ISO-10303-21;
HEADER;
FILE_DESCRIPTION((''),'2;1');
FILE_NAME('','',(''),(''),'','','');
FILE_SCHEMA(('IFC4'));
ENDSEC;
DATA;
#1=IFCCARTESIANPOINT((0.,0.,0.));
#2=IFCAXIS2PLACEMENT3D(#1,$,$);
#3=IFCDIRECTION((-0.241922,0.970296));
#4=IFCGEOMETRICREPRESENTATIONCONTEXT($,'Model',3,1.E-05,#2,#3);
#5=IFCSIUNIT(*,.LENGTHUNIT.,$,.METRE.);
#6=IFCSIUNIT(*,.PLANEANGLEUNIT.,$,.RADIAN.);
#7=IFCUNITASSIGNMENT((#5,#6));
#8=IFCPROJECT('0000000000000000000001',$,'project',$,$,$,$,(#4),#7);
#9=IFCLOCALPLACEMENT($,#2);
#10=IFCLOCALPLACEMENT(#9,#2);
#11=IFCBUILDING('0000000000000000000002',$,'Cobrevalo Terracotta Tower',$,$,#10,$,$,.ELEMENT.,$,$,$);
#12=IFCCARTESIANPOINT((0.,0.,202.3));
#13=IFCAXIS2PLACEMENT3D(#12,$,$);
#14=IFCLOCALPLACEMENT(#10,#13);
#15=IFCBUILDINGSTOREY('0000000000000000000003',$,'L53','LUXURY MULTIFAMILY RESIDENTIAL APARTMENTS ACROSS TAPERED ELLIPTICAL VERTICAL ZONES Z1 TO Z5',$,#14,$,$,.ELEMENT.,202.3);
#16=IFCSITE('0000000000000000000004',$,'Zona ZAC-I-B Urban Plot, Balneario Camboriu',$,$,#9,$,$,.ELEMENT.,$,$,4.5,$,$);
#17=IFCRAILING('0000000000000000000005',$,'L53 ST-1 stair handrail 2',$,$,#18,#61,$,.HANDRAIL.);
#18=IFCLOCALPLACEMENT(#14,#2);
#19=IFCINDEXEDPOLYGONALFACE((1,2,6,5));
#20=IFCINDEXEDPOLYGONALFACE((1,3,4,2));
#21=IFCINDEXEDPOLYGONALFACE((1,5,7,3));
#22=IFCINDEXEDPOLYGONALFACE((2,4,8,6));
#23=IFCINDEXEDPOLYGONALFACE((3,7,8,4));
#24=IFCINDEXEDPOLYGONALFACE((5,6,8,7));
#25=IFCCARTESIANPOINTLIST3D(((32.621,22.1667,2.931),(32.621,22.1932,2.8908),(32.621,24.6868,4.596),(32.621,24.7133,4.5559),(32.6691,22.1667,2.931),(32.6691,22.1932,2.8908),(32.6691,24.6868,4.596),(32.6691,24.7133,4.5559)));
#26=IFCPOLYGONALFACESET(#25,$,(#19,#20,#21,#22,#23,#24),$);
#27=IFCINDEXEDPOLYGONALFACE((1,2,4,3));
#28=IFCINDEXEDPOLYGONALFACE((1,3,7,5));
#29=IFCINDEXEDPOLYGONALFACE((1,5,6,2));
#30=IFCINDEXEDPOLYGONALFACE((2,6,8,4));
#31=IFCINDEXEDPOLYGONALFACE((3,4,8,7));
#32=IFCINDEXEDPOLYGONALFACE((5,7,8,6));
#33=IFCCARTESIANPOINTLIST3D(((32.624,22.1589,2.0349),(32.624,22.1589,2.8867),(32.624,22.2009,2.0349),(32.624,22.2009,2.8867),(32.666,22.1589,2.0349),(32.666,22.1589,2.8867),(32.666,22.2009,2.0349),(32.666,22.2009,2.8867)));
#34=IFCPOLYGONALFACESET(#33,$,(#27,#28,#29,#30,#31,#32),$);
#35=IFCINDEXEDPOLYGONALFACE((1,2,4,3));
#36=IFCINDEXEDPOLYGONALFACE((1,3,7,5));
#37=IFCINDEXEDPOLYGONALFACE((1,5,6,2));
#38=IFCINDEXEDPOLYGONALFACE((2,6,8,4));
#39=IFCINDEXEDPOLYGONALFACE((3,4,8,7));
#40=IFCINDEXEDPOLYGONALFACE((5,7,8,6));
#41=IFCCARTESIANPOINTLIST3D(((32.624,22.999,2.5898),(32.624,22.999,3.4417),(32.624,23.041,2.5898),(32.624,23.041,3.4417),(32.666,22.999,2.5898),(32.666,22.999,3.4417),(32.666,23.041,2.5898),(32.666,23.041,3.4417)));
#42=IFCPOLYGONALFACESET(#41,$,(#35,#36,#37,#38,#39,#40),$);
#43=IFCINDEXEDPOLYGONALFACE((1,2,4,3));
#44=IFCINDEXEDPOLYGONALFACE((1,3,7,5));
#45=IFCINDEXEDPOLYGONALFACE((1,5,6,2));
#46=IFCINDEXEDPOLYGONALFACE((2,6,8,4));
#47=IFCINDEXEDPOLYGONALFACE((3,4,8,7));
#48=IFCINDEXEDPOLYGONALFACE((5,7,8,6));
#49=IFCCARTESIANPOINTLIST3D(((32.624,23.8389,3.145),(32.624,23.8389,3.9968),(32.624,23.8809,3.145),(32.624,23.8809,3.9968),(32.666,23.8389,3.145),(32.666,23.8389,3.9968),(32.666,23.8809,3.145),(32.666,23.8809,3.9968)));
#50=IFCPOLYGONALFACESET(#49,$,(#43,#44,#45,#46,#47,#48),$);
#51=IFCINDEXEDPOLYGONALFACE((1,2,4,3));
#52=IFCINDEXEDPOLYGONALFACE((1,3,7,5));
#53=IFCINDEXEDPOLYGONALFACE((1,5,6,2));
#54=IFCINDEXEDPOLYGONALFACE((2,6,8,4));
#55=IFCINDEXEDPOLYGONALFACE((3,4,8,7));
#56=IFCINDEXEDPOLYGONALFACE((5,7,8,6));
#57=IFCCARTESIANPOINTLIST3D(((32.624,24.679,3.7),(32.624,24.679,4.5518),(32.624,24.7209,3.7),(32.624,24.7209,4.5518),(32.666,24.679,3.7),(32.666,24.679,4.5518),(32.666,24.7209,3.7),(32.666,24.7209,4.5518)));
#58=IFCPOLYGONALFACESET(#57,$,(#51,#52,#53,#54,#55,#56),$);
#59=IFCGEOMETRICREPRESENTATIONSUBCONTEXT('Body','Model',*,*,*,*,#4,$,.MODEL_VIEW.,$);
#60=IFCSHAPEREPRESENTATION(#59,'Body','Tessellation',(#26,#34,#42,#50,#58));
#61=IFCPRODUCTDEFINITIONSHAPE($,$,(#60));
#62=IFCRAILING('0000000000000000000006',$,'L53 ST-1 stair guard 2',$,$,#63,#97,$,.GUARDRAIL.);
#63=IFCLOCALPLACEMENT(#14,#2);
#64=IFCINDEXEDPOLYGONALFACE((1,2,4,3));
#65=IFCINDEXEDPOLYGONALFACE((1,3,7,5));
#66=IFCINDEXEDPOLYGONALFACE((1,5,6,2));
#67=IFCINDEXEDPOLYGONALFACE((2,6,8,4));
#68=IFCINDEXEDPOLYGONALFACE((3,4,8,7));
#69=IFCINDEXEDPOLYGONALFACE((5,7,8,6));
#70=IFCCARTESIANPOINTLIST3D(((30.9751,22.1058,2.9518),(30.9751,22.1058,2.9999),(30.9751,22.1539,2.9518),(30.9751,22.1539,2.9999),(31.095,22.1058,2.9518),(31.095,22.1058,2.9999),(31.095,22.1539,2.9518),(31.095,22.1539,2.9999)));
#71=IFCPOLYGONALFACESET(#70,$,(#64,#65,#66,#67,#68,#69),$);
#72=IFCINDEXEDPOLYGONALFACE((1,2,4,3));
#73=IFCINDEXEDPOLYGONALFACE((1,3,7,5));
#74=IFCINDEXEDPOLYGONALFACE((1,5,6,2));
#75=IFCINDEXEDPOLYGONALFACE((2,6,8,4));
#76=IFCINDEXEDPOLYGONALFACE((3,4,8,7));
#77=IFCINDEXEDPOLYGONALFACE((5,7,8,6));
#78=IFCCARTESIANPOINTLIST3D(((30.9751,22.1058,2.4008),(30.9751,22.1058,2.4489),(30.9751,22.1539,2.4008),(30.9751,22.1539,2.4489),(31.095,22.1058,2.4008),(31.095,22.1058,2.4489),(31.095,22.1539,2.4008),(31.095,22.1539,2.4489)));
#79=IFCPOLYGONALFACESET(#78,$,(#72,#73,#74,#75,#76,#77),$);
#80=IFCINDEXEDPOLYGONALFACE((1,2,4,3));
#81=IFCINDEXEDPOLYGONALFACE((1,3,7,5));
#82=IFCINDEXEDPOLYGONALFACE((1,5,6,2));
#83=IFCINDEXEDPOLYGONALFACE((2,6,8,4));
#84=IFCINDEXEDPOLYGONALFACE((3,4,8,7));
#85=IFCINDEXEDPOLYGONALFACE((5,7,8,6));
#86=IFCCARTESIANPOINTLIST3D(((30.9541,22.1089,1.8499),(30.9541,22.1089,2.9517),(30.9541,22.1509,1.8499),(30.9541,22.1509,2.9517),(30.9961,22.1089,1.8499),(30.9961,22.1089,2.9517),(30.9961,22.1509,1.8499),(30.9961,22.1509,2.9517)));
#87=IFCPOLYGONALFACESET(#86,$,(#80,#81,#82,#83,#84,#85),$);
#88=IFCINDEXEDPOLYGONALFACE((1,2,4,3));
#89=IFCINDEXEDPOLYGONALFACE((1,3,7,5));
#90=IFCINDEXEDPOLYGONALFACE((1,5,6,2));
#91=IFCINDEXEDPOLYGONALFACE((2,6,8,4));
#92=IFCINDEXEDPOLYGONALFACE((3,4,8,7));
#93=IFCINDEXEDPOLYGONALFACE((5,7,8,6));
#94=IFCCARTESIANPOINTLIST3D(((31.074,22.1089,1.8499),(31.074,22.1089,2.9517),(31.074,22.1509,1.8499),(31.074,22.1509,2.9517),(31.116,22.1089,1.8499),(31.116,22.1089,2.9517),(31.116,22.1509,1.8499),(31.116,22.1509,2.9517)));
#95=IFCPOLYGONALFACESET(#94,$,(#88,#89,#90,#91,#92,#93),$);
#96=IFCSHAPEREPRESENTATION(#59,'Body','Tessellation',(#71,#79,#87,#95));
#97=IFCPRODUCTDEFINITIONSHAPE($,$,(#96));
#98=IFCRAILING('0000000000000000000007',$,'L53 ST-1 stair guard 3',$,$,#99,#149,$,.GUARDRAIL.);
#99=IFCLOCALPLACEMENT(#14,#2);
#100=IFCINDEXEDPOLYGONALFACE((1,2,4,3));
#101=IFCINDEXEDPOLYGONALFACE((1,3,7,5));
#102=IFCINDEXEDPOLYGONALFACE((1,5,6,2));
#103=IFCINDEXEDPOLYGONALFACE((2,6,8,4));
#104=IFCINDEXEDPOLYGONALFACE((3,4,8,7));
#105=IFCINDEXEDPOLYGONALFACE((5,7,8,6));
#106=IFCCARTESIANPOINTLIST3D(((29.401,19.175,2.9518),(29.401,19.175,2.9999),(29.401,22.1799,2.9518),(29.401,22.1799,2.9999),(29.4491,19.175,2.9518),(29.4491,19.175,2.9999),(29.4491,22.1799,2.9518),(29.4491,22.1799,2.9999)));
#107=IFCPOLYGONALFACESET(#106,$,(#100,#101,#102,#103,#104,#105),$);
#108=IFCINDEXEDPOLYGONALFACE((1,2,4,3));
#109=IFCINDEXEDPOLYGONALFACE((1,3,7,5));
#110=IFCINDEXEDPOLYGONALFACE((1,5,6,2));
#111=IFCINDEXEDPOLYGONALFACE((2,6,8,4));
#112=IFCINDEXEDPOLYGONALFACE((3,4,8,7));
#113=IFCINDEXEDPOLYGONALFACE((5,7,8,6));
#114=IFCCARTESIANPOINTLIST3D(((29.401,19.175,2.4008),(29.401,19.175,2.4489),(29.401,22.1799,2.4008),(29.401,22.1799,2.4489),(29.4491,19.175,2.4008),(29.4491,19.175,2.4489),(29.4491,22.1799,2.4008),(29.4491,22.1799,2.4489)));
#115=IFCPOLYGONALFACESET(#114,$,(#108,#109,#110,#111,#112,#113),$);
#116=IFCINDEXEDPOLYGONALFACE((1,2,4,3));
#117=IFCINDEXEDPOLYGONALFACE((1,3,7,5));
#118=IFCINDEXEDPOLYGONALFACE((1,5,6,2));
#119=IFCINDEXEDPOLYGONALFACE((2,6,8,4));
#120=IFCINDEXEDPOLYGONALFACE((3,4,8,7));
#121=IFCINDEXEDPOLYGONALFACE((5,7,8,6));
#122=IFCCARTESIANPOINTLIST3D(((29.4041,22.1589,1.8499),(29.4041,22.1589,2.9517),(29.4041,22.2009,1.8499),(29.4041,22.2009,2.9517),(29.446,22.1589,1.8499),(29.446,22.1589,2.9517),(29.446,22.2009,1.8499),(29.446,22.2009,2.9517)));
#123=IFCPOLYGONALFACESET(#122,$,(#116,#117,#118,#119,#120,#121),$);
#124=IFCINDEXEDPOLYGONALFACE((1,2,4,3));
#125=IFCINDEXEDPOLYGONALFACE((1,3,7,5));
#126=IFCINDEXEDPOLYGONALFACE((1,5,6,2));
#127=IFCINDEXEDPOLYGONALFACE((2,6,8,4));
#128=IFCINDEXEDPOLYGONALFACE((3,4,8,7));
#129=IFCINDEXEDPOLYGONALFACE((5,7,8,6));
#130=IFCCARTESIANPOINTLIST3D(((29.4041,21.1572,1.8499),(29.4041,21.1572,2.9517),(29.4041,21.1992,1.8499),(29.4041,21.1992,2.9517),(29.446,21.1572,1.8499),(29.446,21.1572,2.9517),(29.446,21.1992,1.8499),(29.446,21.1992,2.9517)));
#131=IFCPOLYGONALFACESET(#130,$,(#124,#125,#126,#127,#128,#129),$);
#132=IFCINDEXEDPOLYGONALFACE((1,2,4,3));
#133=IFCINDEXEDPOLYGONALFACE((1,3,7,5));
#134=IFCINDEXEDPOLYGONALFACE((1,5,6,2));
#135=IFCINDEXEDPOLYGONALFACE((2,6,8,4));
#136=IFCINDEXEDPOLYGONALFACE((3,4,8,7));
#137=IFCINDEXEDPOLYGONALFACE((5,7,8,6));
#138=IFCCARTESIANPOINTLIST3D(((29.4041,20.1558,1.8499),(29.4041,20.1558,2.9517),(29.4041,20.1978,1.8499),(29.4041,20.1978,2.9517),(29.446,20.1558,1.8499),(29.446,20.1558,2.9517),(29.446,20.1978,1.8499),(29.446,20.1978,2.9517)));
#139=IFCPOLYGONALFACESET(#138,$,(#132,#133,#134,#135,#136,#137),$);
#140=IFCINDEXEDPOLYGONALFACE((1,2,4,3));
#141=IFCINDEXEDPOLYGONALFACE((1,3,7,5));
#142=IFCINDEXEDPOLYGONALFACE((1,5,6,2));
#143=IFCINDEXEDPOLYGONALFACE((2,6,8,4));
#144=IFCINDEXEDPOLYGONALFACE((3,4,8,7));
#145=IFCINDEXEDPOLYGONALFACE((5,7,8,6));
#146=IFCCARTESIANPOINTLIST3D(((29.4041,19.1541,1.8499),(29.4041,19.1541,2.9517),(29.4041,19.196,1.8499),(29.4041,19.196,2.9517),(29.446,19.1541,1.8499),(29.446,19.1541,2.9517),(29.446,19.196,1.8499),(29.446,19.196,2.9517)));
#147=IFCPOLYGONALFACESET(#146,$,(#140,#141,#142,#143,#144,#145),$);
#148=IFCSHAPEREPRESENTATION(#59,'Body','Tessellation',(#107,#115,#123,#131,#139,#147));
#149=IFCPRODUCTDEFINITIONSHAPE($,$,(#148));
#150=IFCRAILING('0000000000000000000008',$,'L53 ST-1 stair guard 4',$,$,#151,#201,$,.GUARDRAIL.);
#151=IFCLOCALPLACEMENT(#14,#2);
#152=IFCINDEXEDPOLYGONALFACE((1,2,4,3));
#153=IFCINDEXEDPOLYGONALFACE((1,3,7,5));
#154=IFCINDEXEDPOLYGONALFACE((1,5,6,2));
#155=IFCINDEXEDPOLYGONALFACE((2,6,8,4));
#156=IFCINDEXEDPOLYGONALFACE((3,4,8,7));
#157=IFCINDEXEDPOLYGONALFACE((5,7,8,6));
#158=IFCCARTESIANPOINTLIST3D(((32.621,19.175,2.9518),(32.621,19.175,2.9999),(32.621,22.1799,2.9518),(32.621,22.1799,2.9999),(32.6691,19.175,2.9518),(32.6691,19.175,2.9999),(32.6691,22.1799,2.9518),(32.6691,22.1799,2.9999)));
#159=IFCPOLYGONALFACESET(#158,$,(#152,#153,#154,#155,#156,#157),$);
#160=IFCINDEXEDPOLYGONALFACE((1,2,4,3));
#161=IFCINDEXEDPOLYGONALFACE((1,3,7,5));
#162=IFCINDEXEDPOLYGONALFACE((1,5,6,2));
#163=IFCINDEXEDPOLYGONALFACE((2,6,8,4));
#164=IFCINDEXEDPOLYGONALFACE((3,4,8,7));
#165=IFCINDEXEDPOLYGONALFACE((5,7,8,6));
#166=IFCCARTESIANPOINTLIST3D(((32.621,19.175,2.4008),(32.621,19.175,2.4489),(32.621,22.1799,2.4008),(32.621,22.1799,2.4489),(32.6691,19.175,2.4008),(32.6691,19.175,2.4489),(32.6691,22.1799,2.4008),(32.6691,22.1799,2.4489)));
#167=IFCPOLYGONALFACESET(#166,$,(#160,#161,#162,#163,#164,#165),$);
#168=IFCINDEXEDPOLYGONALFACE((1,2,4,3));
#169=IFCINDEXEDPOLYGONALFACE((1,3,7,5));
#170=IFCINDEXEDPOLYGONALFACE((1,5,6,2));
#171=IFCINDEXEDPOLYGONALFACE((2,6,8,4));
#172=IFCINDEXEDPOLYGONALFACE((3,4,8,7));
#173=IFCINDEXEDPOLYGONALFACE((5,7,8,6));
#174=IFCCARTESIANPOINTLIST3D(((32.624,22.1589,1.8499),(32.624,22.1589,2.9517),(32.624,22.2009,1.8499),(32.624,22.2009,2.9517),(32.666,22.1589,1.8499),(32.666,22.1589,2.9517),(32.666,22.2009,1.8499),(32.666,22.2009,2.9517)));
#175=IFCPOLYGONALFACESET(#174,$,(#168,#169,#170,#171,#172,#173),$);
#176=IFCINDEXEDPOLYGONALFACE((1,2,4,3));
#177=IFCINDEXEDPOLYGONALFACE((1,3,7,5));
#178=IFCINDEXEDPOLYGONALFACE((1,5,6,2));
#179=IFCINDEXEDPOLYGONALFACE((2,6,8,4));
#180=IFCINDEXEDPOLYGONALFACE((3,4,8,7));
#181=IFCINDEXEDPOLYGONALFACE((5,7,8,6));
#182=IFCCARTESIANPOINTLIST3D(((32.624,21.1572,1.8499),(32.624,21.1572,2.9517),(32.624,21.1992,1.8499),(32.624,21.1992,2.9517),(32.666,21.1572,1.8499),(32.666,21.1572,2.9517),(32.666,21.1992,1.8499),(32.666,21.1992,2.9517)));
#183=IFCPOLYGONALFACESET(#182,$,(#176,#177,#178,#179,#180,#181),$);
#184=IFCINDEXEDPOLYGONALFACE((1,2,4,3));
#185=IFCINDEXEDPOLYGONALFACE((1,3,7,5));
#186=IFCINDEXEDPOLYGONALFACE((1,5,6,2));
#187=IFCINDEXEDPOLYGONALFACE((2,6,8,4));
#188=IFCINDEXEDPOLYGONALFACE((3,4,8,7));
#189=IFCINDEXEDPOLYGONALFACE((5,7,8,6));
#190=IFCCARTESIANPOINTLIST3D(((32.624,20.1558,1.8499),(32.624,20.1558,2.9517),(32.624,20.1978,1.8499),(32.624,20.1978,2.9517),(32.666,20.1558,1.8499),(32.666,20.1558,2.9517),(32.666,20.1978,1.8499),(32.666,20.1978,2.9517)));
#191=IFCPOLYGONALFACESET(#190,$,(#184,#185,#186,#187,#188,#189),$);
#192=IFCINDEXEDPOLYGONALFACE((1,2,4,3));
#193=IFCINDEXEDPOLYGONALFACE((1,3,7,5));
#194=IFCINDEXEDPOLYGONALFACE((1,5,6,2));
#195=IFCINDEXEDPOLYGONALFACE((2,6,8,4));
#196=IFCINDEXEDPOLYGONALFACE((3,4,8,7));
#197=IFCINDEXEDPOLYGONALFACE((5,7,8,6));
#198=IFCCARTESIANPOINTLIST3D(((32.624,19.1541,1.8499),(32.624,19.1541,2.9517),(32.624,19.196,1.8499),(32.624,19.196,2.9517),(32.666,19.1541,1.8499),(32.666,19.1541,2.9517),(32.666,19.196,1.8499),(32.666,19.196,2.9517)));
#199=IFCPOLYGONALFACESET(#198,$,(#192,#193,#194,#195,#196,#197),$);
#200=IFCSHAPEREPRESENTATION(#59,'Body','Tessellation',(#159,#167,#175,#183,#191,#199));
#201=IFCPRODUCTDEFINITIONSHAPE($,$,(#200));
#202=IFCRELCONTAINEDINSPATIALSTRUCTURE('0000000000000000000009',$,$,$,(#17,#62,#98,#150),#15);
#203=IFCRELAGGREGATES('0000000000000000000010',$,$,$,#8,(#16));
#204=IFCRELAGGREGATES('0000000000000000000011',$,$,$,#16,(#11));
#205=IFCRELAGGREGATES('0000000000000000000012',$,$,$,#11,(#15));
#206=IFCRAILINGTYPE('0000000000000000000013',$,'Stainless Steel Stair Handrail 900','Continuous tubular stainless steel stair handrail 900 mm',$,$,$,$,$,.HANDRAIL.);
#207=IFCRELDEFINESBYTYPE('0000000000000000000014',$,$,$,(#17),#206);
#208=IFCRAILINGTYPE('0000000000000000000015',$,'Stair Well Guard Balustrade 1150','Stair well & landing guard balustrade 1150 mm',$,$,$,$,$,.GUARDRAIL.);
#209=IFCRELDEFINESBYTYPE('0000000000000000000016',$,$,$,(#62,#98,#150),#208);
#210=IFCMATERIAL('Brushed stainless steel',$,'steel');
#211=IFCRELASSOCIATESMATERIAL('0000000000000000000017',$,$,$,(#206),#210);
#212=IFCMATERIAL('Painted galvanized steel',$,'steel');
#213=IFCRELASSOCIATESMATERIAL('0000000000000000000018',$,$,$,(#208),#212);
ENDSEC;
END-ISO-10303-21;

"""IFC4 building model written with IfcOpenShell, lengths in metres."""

from ifc_helpers import new_model, si_unit, direction, frame, origin, origin_2d, place, context, subcontext, project, spatial, rectangle, extrude, material, type_object, element, save


model = new_model("IFC4")

# Units and contexts
model_context = context("Model", 3, precision=1e-05, world=origin(), true_north=direction((-0.241922, 0.970296)))
body_context = subcontext(model_context, "Body", "Model", "MODEL_VIEW")
ifc_project = project(units=[si_unit("LENGTHUNIT", "METRE"), si_unit("PLANEANGLEUNIT", "RADIAN")], contexts=[model_context])

# Site, building, storey
site_placement = place(None, origin())
site = spatial("IfcSite", under=ifc_project, at=site_placement, Name="Zona ZAC-I-B Urban Plot, Balneario Camboriu", CompositionType="ELEMENT", RefElevation=4.5)
building_placement = place(site_placement, origin())
building = spatial("IfcBuilding", under=site, at=building_placement, Name="Cobrevalo Terracotta Tower", CompositionType="ELEMENT")
storey_placement = place(building_placement, frame((0.0, 0.0, 202.3)))
storey = spatial("IfcBuildingStorey", under=building, at=storey_placement, Name="L53", Description="LUXURY MULTIFAMILY RESIDENTIAL APARTMENTS ACROSS TAPERED ELLIPTICAL VERTICAL ZONES Z1 TO Z5", CompositionType="ELEMENT", Elevation=202.3)

# Railings
ifc_material_1 = material(Name="Brushed stainless steel", Category="steel")
railing_type_1 = type_object("IfcRailingType", Name="Stainless Steel Stair Handrail 900", Description="Continuous tubular stainless steel stair handrail 900 mm", PredefinedType="HANDRAIL", material=ifc_material_1)
railing_1_placement = place(storey_placement, frame((32.645, 22.1799, 2.0349)))
element("IfcRailing", 1, at=railing_1_placement, inside=storey, type_object=railing_type_1, Name="L53 ST-1 stair handrail 2", PredefinedType="HANDRAIL", context=body_context, shape_type="SweptSolid", body=[
    extrude(rectangle(XDim=0.0481, YDim=0.0481, at=origin_2d()), frame((0.0, 0.0, 0.876), z_axis=(0.0, 0.834331, 0.551263), x_axis=(-1.0, 0.0, 0.0)), (0.0, 0.0, 1.0), 3.0205),
    extrude(rectangle(XDim=0.042, YDim=0.042, at=origin_2d()), origin(), (0.0, 0.0, 1.0), 0.8518),
    extrude(rectangle(XDim=0.042, YDim=0.042, at=origin_2d()), frame((0.0, 0.8401, 0.5549)), (0.0, 0.0, 1.0), 0.8518),
    extrude(rectangle(XDim=0.042, YDim=0.042, at=origin_2d()), frame((0.0, 1.6799, 1.1101)), (0.0, 0.0, 1.0), 0.8518),
    extrude(rectangle(XDim=0.042, YDim=0.042, at=origin_2d()), frame((0.0, 2.52, 1.665)), (0.0, 0.0, 1.0), 0.8518),
])
ifc_material_2 = material(Name="Painted galvanized steel", Category="steel")
railing_type_2 = type_object("IfcRailingType", Name="Stair Well Guard Balustrade 1150", Description="Stair well & landing guard balustrade 1150 mm", PredefinedType="GUARDRAIL", material=ifc_material_2)
railing_2_placement = place(storey_placement, frame((30.9751, 22.1299, 1.8499)))
element("IfcRailing", 2, at=railing_2_placement, inside=storey, type_object=railing_type_2, Name="L53 ST-1 stair guard 2", PredefinedType="GUARDRAIL", context=body_context, shape_type="SweptSolid", body=[
    extrude(rectangle(XDim=0.0481, YDim=0.0481, at=origin_2d()), frame((0.0, 0.0, 1.126), z_axis=(1.0, 0.0, 0.0), x_axis=(0.0, 1.0, 0.0)), (0.0, 0.0, 1.0), 0.1199),
    extrude(rectangle(XDim=0.0481, YDim=0.0481, at=origin_2d()), frame((0.0, 0.0, 0.575), z_axis=(1.0, 0.0, 0.0), x_axis=(0.0, 1.0, 0.0)), (0.0, 0.0, 1.0), 0.1199),
    extrude(rectangle(XDim=0.042, YDim=0.042, at=origin_2d()), origin(), (0.0, 0.0, 1.0), 1.1018),
    extrude(rectangle(XDim=0.042, YDim=0.042, at=origin_2d()), frame((0.1199, 0.0, 0.0)), (0.0, 0.0, 1.0), 1.1018),
])
for number, where, name in (
    (3, (29.425, 22.1799, 1.8499), "L53 ST-1 stair guard 3"),
    (4, (32.645, 22.1799, 1.8499), "L53 ST-1 stair guard 4"),
):
    element("IfcRailing", number, at=place(storey_placement, frame(where)), inside=storey, type_object=railing_type_2, Name=name, PredefinedType="GUARDRAIL", context=body_context, shape_type="SweptSolid", body=[
        extrude(rectangle(XDim=0.0481, YDim=0.0481, at=origin_2d()), frame((0.0, 0.0, 1.126), z_axis=(0.0, -1.0, 0.0), x_axis=(1.0, 0.0, 0.0)), (0.0, 0.0, 1.0), 3.0049),
        extrude(rectangle(XDim=0.0481, YDim=0.0481, at=origin_2d()), frame((0.0, 0.0, 0.575), z_axis=(0.0, -1.0, 0.0), x_axis=(1.0, 0.0, 0.0)), (0.0, 0.0, 1.0), 3.0049),
        extrude(rectangle(XDim=0.042, YDim=0.042, at=origin_2d()), origin(), (0.0, 0.0, 1.0), 1.1018),
        extrude(rectangle(XDim=0.042, YDim=0.042, at=origin_2d()), frame((0.0, -1.0017, 0.0)), (0.0, 0.0, 1.0), 1.1018),
        extrude(rectangle(XDim=0.042, YDim=0.042, at=origin_2d()), frame((0.0, -2.0032, 0.0)), (0.0, 0.0, 1.0), 1.1018),
        extrude(rectangle(XDim=0.042, YDim=0.042, at=origin_2d()), frame((0.0, -3.0049, 0.0)), (0.0, 0.0, 1.0), 1.1018),
    ])

save(model, "model.ifc")
